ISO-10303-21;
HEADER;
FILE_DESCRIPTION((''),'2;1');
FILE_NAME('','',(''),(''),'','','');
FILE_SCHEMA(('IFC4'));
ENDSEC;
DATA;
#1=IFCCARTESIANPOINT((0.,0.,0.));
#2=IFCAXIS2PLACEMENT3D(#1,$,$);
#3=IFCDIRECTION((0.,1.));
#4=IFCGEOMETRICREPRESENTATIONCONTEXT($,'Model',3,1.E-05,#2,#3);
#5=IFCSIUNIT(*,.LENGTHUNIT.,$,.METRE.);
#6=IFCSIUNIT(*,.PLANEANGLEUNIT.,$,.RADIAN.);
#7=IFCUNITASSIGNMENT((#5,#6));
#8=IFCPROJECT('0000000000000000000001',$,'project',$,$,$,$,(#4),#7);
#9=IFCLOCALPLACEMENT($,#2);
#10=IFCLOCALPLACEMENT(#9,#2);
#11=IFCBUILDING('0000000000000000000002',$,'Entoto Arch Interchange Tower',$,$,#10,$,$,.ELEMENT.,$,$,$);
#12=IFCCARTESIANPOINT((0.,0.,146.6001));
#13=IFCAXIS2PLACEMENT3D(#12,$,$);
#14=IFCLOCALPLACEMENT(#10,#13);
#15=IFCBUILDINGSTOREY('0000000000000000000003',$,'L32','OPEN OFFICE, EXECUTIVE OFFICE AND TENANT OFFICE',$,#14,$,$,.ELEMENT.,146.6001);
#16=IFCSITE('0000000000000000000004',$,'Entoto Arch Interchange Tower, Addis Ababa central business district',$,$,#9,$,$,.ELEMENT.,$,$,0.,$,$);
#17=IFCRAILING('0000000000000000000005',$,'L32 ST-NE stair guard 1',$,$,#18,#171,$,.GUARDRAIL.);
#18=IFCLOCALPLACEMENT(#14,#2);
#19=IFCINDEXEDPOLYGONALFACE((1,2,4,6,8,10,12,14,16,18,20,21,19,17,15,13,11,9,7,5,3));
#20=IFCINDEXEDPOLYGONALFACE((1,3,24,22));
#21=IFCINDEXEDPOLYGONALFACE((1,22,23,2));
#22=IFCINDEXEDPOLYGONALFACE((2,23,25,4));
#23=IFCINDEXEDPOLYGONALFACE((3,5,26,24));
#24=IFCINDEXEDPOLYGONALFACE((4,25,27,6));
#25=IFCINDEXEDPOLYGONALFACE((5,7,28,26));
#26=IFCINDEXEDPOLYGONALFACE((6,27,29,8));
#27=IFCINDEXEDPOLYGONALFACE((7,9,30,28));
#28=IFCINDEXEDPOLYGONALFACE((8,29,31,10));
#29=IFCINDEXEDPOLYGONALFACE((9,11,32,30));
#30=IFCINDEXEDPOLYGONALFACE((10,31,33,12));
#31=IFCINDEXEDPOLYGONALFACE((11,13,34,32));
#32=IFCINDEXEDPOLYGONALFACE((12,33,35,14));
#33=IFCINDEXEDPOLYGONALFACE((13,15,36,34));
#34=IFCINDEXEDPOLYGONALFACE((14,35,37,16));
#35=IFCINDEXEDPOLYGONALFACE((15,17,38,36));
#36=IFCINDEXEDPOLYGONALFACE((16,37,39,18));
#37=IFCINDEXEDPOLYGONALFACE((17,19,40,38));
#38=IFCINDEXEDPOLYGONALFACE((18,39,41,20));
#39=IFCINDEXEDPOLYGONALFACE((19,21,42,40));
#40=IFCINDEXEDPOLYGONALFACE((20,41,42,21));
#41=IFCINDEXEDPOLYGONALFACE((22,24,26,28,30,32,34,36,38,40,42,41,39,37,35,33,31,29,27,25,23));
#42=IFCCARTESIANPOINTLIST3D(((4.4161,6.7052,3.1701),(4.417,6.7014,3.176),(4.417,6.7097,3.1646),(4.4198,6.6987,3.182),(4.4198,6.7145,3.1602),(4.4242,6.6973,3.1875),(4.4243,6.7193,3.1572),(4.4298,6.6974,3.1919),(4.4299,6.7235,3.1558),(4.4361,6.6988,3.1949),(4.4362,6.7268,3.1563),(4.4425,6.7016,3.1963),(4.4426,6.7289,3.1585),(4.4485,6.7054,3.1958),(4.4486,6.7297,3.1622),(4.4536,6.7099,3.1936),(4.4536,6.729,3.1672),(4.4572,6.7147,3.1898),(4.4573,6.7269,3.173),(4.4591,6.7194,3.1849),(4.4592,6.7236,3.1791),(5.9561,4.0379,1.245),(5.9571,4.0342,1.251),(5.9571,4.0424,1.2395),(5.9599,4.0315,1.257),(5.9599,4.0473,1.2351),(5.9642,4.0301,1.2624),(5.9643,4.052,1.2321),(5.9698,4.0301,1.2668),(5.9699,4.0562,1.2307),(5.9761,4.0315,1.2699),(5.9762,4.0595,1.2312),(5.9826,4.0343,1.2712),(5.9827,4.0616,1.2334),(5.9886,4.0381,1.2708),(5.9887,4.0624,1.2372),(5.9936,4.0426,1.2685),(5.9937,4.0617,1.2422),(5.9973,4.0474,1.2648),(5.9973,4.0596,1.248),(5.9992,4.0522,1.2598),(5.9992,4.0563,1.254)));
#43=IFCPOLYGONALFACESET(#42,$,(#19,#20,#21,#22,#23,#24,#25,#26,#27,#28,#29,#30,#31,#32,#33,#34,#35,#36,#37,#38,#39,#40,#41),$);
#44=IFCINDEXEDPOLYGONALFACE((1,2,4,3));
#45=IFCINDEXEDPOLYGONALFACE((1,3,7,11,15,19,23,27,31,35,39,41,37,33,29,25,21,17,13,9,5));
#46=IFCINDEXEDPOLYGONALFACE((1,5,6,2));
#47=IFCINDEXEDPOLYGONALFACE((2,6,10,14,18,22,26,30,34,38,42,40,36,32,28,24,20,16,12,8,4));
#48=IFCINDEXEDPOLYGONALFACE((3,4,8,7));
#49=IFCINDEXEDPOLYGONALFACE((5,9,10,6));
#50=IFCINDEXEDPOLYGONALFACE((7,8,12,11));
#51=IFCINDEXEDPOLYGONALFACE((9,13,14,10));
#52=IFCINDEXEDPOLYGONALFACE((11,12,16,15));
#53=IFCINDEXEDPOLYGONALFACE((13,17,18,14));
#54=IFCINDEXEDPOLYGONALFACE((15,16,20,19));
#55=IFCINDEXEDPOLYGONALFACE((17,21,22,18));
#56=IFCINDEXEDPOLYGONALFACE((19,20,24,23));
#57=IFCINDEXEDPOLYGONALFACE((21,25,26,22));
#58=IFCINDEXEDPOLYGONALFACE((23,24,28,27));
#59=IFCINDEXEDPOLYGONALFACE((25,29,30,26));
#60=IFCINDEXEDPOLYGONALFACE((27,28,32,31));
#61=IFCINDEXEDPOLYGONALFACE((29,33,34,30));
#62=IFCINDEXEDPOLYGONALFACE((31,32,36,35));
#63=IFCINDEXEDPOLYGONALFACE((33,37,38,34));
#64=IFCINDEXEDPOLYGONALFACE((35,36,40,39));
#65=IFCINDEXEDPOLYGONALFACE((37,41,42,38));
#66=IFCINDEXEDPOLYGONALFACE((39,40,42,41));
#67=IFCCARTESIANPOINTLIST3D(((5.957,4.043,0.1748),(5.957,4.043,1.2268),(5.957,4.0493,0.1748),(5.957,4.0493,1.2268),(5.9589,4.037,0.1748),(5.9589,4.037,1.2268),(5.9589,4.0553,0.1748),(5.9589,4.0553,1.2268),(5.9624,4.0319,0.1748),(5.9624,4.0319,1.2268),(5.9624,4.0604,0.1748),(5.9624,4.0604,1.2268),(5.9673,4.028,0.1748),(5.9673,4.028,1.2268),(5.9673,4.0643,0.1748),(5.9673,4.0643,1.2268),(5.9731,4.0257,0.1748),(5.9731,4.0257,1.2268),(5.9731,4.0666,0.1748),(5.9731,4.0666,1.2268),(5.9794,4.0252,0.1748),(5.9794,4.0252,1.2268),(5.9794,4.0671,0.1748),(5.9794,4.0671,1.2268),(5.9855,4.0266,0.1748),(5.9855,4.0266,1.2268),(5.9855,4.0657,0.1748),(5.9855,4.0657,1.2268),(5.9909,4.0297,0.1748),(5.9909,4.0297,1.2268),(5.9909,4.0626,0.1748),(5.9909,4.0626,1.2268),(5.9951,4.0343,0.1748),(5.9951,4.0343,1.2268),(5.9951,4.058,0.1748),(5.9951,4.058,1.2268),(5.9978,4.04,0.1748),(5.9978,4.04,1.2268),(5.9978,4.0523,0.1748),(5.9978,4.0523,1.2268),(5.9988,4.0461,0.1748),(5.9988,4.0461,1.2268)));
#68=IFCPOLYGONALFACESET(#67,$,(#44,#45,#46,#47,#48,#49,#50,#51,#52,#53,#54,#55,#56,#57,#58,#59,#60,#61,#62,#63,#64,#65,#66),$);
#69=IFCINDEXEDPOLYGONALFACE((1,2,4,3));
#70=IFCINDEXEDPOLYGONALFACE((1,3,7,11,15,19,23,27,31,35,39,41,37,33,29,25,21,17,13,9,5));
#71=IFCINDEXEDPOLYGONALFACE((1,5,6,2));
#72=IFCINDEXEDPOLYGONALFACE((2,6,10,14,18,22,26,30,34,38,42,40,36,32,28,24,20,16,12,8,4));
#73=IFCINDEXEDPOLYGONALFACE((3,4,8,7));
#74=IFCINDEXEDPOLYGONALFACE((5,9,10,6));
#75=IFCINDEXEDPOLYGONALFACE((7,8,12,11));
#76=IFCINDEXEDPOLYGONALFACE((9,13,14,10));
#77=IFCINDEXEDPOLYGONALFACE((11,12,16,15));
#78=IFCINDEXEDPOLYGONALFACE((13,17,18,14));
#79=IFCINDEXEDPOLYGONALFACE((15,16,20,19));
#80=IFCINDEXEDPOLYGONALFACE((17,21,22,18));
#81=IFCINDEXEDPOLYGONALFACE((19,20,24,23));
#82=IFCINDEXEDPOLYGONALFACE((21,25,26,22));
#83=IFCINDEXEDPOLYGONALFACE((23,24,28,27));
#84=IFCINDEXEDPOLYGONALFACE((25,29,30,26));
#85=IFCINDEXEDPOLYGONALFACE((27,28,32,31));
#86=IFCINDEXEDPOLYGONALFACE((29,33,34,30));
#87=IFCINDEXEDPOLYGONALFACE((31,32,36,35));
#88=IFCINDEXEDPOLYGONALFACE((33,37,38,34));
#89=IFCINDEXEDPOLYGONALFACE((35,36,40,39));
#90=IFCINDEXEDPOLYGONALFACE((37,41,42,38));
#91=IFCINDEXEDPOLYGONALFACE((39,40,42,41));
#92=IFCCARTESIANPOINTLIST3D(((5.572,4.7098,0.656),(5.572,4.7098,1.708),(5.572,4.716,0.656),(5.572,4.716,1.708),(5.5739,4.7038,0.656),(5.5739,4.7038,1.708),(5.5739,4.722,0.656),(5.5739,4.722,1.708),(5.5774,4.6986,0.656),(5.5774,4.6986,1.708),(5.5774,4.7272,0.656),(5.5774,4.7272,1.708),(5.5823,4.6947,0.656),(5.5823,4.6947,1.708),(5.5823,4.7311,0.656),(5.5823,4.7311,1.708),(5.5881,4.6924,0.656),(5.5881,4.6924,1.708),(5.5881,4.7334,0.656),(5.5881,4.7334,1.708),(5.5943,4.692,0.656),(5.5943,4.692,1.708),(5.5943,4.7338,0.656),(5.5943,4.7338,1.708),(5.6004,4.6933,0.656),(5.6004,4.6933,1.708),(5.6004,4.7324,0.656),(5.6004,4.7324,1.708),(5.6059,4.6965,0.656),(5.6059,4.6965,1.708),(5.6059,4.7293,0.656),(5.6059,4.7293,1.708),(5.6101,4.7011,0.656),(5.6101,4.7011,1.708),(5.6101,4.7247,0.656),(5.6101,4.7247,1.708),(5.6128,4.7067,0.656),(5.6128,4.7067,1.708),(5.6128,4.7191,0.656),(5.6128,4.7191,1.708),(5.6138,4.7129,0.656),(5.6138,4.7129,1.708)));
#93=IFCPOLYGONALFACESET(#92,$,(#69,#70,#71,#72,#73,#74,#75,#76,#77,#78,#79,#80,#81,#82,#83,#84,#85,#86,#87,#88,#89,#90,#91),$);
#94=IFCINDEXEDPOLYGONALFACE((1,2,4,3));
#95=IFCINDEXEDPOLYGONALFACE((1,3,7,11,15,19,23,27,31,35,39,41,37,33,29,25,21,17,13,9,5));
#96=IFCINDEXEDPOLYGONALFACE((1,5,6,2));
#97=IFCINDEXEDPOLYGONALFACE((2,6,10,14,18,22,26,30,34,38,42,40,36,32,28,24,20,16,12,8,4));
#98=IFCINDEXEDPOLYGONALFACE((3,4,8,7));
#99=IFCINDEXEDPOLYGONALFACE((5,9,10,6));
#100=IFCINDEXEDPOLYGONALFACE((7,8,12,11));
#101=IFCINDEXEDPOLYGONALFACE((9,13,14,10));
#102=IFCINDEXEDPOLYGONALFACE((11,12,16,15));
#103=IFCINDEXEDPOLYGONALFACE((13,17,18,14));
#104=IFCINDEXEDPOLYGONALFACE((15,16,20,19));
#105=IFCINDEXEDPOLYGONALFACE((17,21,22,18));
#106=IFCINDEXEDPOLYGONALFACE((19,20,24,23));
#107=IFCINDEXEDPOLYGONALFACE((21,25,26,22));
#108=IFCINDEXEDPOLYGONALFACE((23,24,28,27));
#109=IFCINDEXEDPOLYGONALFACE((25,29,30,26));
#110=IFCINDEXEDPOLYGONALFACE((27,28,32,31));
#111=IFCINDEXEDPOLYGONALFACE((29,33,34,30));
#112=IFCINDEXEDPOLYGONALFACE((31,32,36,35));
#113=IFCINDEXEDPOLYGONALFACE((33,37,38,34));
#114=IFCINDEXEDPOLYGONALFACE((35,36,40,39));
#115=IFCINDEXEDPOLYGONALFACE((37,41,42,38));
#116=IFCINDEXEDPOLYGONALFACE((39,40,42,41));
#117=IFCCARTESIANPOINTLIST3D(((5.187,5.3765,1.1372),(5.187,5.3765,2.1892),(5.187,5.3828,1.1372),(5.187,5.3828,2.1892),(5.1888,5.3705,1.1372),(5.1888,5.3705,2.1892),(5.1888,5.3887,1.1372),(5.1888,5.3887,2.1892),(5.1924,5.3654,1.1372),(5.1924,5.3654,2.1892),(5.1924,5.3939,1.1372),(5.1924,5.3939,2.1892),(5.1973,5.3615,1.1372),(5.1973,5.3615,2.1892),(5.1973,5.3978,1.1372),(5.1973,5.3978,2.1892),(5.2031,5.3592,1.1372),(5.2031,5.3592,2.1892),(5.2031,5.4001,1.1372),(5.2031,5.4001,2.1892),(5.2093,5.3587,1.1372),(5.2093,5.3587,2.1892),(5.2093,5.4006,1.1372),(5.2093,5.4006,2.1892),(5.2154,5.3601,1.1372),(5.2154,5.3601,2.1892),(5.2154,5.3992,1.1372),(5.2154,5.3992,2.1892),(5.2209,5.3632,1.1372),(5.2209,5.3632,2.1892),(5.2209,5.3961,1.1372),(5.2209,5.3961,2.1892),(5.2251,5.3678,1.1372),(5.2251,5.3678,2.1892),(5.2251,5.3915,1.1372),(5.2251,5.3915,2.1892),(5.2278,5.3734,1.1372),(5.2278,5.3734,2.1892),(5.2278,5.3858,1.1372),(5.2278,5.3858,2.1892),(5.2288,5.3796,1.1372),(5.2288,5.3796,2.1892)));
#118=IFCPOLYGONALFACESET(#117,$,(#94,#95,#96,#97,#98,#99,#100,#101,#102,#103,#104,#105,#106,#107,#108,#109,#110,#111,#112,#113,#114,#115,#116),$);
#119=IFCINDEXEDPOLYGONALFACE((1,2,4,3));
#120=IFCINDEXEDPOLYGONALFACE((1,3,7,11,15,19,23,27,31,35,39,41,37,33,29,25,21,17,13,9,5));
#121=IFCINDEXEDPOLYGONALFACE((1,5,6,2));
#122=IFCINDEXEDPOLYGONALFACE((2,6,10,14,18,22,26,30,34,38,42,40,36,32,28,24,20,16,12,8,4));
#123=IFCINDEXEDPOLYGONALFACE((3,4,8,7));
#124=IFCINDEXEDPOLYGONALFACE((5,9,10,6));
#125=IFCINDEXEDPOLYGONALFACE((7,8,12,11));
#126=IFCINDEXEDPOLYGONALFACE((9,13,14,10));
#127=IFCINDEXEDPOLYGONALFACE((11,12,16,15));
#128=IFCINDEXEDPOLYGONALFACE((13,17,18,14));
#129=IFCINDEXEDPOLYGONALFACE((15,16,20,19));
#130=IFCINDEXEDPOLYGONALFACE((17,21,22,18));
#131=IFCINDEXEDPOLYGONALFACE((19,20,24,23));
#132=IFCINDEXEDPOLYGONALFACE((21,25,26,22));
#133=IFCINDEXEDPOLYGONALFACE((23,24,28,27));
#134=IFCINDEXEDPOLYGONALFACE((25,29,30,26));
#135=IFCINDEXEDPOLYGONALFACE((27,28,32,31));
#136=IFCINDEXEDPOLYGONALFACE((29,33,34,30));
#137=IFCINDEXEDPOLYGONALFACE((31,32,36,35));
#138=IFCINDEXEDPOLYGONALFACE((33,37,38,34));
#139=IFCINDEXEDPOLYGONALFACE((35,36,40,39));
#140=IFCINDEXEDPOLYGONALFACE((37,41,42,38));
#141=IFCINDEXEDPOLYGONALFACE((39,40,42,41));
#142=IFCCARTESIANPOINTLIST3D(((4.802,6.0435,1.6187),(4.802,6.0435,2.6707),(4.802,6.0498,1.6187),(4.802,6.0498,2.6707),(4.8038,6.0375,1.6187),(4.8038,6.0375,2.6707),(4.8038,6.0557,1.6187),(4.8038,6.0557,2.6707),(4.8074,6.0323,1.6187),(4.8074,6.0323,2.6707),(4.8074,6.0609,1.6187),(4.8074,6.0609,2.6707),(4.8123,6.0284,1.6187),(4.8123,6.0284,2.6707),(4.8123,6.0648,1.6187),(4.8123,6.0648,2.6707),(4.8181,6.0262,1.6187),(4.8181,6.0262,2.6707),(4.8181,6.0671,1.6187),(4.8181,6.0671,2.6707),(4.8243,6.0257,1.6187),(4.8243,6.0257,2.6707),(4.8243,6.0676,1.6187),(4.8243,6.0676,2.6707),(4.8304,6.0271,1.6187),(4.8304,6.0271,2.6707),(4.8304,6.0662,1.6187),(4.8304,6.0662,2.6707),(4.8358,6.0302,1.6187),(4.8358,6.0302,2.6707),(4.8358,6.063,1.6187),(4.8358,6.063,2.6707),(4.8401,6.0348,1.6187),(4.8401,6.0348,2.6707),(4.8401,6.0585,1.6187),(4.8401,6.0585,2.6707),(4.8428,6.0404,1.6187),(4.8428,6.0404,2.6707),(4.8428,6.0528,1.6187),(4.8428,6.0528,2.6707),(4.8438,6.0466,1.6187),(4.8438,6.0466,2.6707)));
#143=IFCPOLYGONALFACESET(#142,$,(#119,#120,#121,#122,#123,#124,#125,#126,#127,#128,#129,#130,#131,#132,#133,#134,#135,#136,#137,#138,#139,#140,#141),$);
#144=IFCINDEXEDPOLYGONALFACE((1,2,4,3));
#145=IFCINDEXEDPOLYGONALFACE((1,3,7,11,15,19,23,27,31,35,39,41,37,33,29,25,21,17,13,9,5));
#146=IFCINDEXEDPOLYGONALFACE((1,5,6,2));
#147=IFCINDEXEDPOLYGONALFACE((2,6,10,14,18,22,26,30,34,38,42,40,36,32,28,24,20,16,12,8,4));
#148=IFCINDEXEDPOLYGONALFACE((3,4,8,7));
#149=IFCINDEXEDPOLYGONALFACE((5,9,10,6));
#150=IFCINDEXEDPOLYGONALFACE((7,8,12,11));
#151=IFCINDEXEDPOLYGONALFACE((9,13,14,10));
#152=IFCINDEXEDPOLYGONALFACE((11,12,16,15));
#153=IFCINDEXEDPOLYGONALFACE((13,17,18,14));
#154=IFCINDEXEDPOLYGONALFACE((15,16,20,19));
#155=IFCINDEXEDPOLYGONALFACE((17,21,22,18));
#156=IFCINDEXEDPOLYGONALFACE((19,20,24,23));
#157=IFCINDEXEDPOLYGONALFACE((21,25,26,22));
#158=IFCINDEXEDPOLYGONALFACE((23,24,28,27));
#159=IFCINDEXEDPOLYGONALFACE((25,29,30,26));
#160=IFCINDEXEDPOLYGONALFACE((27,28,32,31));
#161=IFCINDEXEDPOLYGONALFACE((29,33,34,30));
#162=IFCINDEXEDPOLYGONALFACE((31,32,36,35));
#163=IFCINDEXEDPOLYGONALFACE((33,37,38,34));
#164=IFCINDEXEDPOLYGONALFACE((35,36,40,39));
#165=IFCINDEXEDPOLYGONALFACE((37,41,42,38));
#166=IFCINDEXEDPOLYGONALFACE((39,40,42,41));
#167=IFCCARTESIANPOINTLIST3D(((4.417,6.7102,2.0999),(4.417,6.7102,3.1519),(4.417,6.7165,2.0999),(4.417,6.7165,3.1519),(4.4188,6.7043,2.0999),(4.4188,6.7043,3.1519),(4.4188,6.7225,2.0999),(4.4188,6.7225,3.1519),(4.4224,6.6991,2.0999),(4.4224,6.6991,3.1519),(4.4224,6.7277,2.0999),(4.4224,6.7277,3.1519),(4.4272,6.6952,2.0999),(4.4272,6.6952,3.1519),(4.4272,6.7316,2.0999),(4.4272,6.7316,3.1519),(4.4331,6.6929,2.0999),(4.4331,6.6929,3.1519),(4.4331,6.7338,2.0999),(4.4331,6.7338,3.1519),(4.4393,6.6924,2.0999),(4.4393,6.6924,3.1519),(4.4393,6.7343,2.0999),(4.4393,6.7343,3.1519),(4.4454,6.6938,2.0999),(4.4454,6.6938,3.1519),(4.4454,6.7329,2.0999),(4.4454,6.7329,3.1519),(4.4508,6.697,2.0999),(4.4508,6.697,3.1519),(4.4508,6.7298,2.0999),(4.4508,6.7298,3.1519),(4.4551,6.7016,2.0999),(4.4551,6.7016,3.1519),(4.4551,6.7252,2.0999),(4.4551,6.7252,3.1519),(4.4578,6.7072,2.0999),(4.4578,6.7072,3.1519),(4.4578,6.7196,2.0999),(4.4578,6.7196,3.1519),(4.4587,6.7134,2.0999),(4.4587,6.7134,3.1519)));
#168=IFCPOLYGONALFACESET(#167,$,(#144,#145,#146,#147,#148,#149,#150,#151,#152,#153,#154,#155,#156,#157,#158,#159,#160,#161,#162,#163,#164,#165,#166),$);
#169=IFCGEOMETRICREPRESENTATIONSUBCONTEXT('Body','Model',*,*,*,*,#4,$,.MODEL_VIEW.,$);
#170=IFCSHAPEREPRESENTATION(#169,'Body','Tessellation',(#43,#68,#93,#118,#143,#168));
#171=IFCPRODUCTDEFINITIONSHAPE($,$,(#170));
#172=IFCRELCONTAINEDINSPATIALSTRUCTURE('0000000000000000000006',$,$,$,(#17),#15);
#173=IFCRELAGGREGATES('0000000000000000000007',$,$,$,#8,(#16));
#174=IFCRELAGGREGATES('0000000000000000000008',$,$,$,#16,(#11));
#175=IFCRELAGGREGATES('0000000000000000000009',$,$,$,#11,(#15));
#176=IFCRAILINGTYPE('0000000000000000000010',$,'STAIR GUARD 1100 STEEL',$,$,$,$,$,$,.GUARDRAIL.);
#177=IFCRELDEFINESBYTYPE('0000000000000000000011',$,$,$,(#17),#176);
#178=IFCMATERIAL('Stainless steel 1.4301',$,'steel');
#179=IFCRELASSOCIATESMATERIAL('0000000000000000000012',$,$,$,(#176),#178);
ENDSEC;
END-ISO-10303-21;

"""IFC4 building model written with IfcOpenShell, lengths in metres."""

from ifc_helpers import new_model, si_unit, direction, frame, origin, origin_2d, place, context, subcontext, project, spatial, circle, extrude, material, type_object, element, save


model = new_model("IFC4")

# Units and contexts
model_context = context("Model", 3, precision=1e-05, world=origin(), true_north=direction((0.0, 1.0)))
body_context = subcontext(model_context, "Body", "Model", "MODEL_VIEW")
ifc_project = project(units=[si_unit("LENGTHUNIT", "METRE"), si_unit("PLANEANGLEUNIT", "RADIAN")], contexts=[model_context])

# Site, building, storey
site_placement = place(None, origin())
site = spatial("IfcSite", under=ifc_project, at=site_placement, Name="Entoto Arch Interchange Tower, Addis Ababa central business district", CompositionType="ELEMENT", RefElevation=0.0)
building_placement = place(site_placement, origin())
building = spatial("IfcBuilding", under=site, at=building_placement, Name="Entoto Arch Interchange Tower", CompositionType="ELEMENT")
storey_placement = place(building_placement, frame((0.0, 0.0, 146.6001)))
storey = spatial("IfcBuildingStorey", under=building, at=storey_placement, Name="L32", Description="OPEN OFFICE, EXECUTIVE OFFICE AND TENANT OFFICE", CompositionType="ELEMENT", Elevation=146.6001)

# Railing
ifc_material_1 = material(Name="Stainless steel 1.4301", Category="steel")
railing_type_1 = type_object("IfcRailingType", Name="STAIR GUARD 1100 STEEL", PredefinedType="GUARDRAIL", material=ifc_material_1)
railing_1_placement = place(storey_placement, frame((5.9778, 4.0461, 0.1748)))
element("IfcRailing", 1, at=railing_1_placement, inside=storey, type_object=railing_type_1, Name="L32 ST-NE stair guard 1", PredefinedType="GUARDRAIL", context=body_context, shape_type="SweptSolid", body=[
    extrude(circle(Radius=0.0239, at=origin_2d()), frame((0.0, 0.0, 1.0762), z_axis=(-0.424015, 0.734364, 0.530019), x_axis=(-0.86601, -0.500027, 0.0)), (0.0, 0.0, 1.0), 3.6321),
    extrude(circle(Radius=0.021, at=origin_2d()), origin(), (0.0, 0.0, 1.0), 1.052),
    extrude(circle(Radius=0.021, at=origin_2d()), frame((-0.385, 0.6667, 0.4812)), (0.0, 0.0, 1.0), 1.052),
    extrude(circle(Radius=0.021, at=origin_2d()), frame((-0.77, 1.3335, 0.9624)), (0.0, 0.0, 1.0), 1.052),
    extrude(circle(Radius=0.021, at=origin_2d()), frame((-1.155, 2.0005, 1.4438)), (0.0, 0.0, 1.0), 1.052),
    extrude(circle(Radius=0.021, at=origin_2d()), frame((-1.54, 2.6672, 1.925)), (0.0, 0.0, 1.0), 1.052),
])

save(model, "model.ifc")
